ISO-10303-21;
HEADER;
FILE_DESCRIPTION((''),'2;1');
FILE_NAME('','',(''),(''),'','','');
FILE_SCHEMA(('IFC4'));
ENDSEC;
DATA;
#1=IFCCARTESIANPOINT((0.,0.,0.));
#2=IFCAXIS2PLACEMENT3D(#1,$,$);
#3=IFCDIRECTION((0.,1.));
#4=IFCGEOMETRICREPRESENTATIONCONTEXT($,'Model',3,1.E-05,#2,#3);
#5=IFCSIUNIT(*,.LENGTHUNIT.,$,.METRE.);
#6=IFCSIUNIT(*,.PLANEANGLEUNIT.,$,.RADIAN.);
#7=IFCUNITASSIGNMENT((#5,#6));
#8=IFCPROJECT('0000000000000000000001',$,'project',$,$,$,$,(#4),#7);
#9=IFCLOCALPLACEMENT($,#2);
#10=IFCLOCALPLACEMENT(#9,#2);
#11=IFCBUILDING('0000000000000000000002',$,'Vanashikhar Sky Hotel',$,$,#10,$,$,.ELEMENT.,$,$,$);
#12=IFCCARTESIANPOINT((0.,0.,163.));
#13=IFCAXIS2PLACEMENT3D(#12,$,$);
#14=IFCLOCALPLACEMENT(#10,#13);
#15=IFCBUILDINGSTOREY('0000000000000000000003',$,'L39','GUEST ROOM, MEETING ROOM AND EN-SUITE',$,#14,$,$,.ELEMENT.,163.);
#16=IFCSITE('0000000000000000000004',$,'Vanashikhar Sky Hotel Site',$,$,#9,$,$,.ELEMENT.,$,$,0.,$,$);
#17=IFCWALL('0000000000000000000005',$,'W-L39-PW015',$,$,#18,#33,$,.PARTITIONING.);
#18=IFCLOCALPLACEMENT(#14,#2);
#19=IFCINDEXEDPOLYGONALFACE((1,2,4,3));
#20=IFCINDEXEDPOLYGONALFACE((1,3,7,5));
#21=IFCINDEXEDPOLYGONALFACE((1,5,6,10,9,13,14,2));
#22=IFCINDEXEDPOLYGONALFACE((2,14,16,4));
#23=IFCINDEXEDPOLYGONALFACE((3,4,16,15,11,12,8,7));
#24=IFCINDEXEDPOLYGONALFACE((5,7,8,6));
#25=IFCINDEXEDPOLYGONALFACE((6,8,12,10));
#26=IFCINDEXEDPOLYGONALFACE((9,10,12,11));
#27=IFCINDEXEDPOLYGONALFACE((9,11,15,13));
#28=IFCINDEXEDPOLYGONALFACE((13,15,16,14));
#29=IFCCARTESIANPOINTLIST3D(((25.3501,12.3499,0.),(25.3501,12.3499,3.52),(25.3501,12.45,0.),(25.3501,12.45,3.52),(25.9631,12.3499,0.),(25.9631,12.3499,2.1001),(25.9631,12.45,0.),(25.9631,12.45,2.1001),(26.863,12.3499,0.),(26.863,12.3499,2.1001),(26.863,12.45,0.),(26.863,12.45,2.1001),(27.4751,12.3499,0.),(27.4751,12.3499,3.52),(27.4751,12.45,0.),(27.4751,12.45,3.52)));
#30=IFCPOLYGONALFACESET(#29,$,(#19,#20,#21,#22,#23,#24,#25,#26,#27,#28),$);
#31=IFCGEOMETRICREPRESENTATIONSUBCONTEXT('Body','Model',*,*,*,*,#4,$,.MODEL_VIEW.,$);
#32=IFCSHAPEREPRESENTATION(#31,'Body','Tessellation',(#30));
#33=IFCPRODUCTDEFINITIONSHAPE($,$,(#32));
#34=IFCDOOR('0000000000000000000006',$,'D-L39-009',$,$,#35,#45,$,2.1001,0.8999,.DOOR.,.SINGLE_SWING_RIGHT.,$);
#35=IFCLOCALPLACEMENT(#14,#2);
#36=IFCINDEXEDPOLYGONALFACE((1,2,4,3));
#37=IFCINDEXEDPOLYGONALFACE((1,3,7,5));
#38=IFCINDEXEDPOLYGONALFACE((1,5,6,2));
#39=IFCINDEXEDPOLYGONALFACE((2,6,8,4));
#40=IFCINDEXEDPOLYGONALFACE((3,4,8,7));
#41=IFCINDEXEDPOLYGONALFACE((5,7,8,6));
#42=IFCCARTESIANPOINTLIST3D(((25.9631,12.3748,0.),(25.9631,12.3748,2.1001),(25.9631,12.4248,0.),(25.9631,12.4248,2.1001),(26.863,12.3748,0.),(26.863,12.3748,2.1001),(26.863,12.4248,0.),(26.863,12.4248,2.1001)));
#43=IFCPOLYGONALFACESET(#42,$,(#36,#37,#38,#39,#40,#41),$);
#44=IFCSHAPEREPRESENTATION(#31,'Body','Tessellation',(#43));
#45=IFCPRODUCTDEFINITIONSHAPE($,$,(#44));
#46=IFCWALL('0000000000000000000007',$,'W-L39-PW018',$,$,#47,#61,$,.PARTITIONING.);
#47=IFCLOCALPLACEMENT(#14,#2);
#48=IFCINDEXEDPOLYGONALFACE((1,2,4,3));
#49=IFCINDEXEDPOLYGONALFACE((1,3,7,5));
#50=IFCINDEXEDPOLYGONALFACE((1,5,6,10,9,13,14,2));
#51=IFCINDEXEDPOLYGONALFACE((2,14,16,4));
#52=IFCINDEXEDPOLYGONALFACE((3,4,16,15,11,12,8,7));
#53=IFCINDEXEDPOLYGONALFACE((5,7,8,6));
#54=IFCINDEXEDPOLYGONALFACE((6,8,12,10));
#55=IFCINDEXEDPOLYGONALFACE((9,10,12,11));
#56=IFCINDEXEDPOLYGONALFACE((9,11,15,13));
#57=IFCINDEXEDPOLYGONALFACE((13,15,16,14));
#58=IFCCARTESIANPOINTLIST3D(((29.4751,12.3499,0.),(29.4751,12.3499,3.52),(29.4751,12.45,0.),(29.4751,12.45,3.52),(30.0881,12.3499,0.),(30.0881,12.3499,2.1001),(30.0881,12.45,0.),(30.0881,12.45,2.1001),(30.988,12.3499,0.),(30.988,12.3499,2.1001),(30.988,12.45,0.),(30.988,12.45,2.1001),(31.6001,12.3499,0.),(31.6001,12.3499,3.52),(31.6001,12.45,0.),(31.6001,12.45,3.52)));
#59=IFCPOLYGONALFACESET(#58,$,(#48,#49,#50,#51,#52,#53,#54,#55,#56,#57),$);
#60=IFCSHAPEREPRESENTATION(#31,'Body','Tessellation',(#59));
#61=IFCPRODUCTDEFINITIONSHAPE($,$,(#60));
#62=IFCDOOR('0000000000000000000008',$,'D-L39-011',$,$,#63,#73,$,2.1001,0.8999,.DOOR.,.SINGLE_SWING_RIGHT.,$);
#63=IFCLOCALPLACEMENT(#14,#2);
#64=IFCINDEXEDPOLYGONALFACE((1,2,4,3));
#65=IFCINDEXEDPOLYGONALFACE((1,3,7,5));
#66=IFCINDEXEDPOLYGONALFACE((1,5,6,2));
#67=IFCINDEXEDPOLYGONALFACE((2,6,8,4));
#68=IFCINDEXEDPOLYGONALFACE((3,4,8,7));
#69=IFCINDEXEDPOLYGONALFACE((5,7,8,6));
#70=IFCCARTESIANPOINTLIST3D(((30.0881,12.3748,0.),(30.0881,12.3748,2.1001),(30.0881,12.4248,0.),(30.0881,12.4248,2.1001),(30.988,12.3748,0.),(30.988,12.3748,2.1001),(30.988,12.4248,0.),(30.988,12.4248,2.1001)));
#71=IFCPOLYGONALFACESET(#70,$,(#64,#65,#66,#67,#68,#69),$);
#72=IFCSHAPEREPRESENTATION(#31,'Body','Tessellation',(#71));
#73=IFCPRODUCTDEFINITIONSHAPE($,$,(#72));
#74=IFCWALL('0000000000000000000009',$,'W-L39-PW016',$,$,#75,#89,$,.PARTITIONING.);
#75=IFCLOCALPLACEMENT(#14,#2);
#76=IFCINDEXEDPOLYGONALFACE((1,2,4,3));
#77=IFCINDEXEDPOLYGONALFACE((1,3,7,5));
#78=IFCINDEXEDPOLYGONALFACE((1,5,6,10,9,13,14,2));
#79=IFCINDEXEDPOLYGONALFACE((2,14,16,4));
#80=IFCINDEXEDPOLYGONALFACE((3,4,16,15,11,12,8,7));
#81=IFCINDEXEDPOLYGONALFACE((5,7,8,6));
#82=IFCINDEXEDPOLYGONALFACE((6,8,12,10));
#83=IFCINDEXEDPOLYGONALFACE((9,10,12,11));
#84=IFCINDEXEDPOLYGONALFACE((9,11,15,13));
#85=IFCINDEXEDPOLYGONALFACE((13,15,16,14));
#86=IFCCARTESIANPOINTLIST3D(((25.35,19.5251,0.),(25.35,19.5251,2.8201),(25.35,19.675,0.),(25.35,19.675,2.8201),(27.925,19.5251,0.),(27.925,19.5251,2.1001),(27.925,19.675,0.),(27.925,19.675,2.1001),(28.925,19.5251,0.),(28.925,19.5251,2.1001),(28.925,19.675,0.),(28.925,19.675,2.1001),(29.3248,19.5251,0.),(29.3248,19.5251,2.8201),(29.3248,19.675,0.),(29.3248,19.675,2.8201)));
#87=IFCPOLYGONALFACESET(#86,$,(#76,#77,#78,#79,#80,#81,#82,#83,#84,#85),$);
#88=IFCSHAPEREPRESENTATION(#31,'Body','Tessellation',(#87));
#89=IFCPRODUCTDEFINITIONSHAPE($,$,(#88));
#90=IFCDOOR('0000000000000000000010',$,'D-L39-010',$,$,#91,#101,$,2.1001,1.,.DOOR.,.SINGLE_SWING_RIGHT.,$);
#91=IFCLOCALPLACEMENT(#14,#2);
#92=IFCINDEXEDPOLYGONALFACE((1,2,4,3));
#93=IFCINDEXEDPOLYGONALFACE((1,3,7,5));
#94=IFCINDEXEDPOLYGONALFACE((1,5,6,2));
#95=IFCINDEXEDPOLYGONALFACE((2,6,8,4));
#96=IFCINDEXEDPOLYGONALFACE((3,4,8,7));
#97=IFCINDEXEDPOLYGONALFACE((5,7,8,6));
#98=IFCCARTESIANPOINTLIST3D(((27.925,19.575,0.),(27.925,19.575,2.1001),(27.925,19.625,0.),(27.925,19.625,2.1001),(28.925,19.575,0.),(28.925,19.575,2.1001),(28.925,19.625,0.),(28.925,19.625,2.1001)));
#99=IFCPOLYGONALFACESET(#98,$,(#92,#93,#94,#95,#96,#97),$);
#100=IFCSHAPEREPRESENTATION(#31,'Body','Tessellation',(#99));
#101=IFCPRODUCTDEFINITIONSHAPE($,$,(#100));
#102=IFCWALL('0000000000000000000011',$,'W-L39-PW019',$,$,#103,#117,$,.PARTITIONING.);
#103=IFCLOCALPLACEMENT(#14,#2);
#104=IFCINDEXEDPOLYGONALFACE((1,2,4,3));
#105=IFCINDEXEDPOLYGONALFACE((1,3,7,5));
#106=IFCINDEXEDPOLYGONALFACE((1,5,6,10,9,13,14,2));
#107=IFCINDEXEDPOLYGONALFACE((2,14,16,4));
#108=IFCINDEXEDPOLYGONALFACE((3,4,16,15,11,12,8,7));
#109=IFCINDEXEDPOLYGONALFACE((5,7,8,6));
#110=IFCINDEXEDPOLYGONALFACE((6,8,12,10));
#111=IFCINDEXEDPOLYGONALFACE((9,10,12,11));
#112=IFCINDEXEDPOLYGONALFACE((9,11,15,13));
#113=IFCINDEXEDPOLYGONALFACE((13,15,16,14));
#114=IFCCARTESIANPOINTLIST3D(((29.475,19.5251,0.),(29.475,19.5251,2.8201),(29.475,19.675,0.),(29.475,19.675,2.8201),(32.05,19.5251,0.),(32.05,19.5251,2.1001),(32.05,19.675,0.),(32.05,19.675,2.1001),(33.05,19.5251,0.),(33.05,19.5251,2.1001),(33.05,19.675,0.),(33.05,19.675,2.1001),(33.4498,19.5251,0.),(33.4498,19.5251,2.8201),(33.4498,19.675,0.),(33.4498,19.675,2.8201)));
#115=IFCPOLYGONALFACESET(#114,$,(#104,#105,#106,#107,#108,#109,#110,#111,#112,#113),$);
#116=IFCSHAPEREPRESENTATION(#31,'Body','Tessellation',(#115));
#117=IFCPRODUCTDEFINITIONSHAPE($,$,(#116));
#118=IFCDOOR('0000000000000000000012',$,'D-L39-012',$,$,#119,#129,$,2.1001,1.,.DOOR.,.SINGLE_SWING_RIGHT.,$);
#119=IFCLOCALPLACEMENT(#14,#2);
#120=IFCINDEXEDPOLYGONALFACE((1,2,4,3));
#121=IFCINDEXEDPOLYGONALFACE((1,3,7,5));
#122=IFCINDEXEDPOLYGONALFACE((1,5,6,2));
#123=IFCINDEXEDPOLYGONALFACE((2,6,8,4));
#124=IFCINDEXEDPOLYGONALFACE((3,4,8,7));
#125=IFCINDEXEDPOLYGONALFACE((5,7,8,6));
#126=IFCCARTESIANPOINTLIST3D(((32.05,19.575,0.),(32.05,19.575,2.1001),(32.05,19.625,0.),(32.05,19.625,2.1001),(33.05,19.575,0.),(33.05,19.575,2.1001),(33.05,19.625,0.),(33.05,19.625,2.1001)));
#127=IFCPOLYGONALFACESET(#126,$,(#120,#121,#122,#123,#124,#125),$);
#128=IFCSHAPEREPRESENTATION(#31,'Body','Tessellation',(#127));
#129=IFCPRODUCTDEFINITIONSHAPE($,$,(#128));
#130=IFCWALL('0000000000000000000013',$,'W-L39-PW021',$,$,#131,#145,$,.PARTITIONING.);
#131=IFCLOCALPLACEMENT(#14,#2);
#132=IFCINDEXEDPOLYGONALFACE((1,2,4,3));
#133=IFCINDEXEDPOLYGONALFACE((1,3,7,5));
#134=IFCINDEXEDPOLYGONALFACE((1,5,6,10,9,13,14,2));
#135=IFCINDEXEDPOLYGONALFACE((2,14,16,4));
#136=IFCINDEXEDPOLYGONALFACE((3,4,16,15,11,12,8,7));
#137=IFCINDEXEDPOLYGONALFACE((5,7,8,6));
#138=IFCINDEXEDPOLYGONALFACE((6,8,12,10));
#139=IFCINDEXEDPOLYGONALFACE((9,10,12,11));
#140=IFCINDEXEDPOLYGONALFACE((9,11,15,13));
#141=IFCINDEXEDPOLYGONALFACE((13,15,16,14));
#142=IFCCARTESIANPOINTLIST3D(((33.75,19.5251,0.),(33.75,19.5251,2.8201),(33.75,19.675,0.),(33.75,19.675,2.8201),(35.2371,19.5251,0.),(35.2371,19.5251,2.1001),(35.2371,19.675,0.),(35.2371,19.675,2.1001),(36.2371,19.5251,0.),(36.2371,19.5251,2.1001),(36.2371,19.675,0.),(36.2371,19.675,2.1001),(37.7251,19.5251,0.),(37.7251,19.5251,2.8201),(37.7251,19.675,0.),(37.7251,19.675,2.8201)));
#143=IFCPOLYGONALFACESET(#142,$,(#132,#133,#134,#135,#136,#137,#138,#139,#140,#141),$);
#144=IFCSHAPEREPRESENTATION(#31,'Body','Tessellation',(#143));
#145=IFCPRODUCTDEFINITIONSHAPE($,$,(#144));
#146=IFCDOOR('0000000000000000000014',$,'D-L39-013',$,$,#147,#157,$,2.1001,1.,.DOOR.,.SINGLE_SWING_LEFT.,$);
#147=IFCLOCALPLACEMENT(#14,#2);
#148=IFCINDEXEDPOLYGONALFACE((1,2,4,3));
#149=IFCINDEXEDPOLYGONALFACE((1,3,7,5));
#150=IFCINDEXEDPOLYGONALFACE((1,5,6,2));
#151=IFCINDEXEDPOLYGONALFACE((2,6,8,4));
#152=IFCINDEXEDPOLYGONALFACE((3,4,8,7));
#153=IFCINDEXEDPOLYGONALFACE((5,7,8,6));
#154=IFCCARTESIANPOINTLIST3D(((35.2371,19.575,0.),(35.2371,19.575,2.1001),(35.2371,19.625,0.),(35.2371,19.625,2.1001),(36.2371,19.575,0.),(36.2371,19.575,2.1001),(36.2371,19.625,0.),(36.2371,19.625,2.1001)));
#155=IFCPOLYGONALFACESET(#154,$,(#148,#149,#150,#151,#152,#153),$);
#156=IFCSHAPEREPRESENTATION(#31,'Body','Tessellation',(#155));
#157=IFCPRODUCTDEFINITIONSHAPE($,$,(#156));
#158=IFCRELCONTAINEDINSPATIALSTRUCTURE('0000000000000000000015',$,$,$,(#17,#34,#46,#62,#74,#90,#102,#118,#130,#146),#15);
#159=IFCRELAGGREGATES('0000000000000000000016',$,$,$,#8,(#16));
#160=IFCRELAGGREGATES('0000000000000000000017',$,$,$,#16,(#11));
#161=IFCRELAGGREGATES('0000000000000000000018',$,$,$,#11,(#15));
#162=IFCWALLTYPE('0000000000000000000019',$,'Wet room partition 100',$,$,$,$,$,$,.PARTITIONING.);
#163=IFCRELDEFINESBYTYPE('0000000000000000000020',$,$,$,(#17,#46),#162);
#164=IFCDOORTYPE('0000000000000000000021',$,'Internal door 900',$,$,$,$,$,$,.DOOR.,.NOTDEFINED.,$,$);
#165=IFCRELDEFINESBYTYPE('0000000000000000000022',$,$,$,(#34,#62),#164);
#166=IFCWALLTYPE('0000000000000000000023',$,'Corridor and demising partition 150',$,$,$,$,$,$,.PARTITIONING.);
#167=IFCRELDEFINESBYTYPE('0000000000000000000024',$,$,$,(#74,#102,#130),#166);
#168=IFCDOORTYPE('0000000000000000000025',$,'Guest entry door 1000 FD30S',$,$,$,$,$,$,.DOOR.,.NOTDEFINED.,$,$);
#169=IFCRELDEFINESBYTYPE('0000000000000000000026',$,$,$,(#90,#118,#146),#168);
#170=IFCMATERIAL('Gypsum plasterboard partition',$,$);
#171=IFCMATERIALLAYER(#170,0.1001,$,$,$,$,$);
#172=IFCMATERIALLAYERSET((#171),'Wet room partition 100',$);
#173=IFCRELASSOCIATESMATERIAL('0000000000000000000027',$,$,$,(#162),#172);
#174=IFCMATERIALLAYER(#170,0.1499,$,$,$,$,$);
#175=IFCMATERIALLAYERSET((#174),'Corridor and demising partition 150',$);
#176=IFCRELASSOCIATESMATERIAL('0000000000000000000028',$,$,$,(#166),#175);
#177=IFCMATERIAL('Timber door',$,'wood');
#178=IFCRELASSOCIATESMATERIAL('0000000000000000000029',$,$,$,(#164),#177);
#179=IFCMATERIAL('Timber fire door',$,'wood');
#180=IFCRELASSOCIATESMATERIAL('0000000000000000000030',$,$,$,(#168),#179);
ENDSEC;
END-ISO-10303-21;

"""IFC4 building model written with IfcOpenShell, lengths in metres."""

from ifc_helpers import new_model, si_unit, direction, frame, frame_2d, origin, place, context, subcontext, project, spatial, rectangle, extrude, source, transform, mapped, material, layer, layer_set, type_object, element, fill, save


model = new_model("IFC4")

# Units and contexts
model_context = context("Model", 3, precision=1e-05, world=origin(), true_north=direction((0.0, 1.0)))
body_context = subcontext(model_context, "Body", "Model", "MODEL_VIEW")
ifc_project = project(units=[si_unit("LENGTHUNIT", "METRE"), si_unit("PLANEANGLEUNIT", "RADIAN")], contexts=[model_context])

# Site, building, storey
site_placement = place(None, origin())
site = spatial("IfcSite", under=ifc_project, at=site_placement, Name="Vanashikhar Sky Hotel Site", CompositionType="ELEMENT", RefElevation=0.0)
building_placement = place(site_placement, origin())
building = spatial("IfcBuilding", under=site, at=building_placement, Name="Vanashikhar Sky Hotel", CompositionType="ELEMENT")
storey_placement = place(building_placement, frame((0.0, 0.0, 163.0)))
storey = spatial("IfcBuildingStorey", under=building, at=storey_placement, Name="L39", Description="GUEST ROOM, MEETING ROOM AND EN-SUITE", CompositionType="ELEMENT", Elevation=163.0)

# Shared definitions
ifc_material_1 = material(Name="Gypsum plasterboard partition")
ifc_layer_1 = layer(ifc_material_1, 0.1001)
ifc_layer_set_1 = layer_set([ifc_layer_1], Name="Wet room partition 100")
wall_type_1 = type_object("IfcWallType", Name="Wet room partition 100", PredefinedType="PARTITIONING", material=ifc_layer_set_1)
ifc_layer_2 = layer(ifc_material_1, 0.1499)
ifc_layer_set_2 = layer_set([ifc_layer_2], Name="Corridor and demising partition 150")
wall_type_2 = type_object("IfcWallType", Name="Corridor and demising partition 150", PredefinedType="PARTITIONING", material=ifc_layer_set_2)

# Walls, openings, doors
shared_shape_1 = source(origin(), body_context, "Body", "SweptSolid", [
    extrude(rectangle(XDim=2.125, YDim=0.1001, at=frame_2d((1.0625, 0.0))), origin(), (0.0, 0.0, 1.0), 3.52),
])
wall_1_placement = place(storey_placement, frame((25.3501, 12.3999, 0.0), z_axis=(0.0, 0.0, 1.0), x_axis=(1.0, 0.0, 0.0)))
wall_1 = element("IfcWall", 1, at=wall_1_placement, inside=storey, type_object=wall_type_1, Name="W-L39-PW015", PredefinedType="PARTITIONING", context=body_context, shape_type="MappedRepresentation", body=[
    mapped(shared_shape_1, transform((0.0, 0.0, 0.0), scale=1.0)),
])
shared_shape_2 = source(origin(), body_context, "Body", "SweptSolid", [
    extrude(rectangle(XDim=0.8999, YDim=2.1001, at=frame_2d((0.45, 1.05))), frame((0.0, 0.0601, 0.0), z_axis=(0.0, -1.0, 0.0), x_axis=(1.0, 0.0, 0.0)), (0.0, 0.0, 1.0), 0.1201),
])
opening_1_placement = place(wall_1_placement, frame((0.613, 0.0, 0.0)))
opening_1 = element("IfcOpeningElement", 2, at=opening_1_placement, cuts=wall_1, PredefinedType="OPENING", context=body_context, shape_type="MappedRepresentation", body=[
    mapped(shared_shape_2, transform((0.0, 0.0, 0.0), scale=1.0)),
])
ifc_material_2 = material(Name="Timber door", Category="wood")
door_type_1 = type_object("IfcDoorType", Name="Internal door 900", OperationType="NOTDEFINED", PredefinedType="DOOR", material=ifc_material_2)
shared_shape_3 = source(origin(), body_context, "Body", "SweptSolid", [
    extrude(rectangle(XDim=0.8999, YDim=2.1001, at=frame_2d((0.45, 1.05))), frame((0.0, 0.0249, 0.0), z_axis=(0.0, -1.0, 0.0), x_axis=(1.0, 0.0, 0.0)), (0.0, 0.0, 1.0), 0.05),
])
door_1_placement = place(opening_1_placement, origin())
door_1 = element("IfcDoor", 3, at=door_1_placement, inside=storey, type_object=door_type_1, Name="D-L39-009", OperationType="SINGLE_SWING_RIGHT", OverallHeight=2.1001, OverallWidth=0.8999, PredefinedType="DOOR", context=body_context, shape_type="MappedRepresentation", body=[
    mapped(shared_shape_3, transform((0.0, 0.0, 0.0), scale=1.0)),
])
fill(opening_1, door_1)
wall_2_placement = place(storey_placement, frame((29.4751, 12.3999, 0.0), z_axis=(0.0, 0.0, 1.0), x_axis=(1.0, 0.0, 0.0)))
wall_2 = element("IfcWall", 4, at=wall_2_placement, inside=storey, type_object=wall_type_1, Name="W-L39-PW018", PredefinedType="PARTITIONING", context=body_context, shape_type="MappedRepresentation", body=[
    mapped(shared_shape_1, transform((0.0, 0.0, 0.0), scale=1.0)),
])
opening_2_placement = place(wall_2_placement, frame((0.613, 0.0, 0.0)))
opening_2 = element("IfcOpeningElement", 5, at=opening_2_placement, cuts=wall_2, PredefinedType="OPENING", context=body_context, shape_type="MappedRepresentation", body=[
    mapped(shared_shape_2, transform((0.0, 0.0, 0.0), scale=1.0)),
])
door_2_placement = place(opening_2_placement, origin())
door_2 = element("IfcDoor", 6, at=door_2_placement, inside=storey, type_object=door_type_1, Name="D-L39-011", OperationType="SINGLE_SWING_RIGHT", OverallHeight=2.1001, OverallWidth=0.8999, PredefinedType="DOOR", context=body_context, shape_type="MappedRepresentation", body=[
    mapped(shared_shape_3, transform((0.0, 0.0, 0.0), scale=1.0)),
])
fill(opening_2, door_2)
shared_shape_4 = source(origin(), body_context, "Body", "SweptSolid", [
    extrude(rectangle(XDim=3.9749, YDim=0.1499, at=frame_2d((1.9873, 0.0))), origin(), (0.0, 0.0, 1.0), 2.8201),
])
wall_3_placement = place(storey_placement, frame((25.3501, 19.6001, 0.0), z_axis=(0.0, 0.0, 1.0), x_axis=(1.0, 0.0, 0.0)))
wall_3 = element("IfcWall", 7, at=wall_3_placement, inside=storey, type_object=wall_type_2, Name="W-L39-PW016", PredefinedType="PARTITIONING", context=body_context, shape_type="MappedRepresentation", body=[
    mapped(shared_shape_4, transform((0.0, 0.0, 0.0), scale=1.0)),
])
shared_shape_5 = source(origin(), body_context, "Body", "SweptSolid", [
    extrude(rectangle(XDim=1.0, YDim=2.1001, at=frame_2d((0.5, 1.05))), frame((0.0, 0.085, 0.0), z_axis=(0.0, -1.0, 0.0), x_axis=(1.0, 0.0, 0.0)), (0.0, 0.0, 1.0), 0.1699),
])
opening_3_placement = place(wall_3_placement, frame((2.575, 0.0, 0.0)))
opening_3 = element("IfcOpeningElement", 8, at=opening_3_placement, cuts=wall_3, PredefinedType="OPENING", context=body_context, shape_type="MappedRepresentation", body=[
    mapped(shared_shape_5, transform((0.0, 0.0, 0.0), scale=1.0)),
])
ifc_material_3 = material(Name="Timber fire door", Category="wood")
door_type_2 = type_object("IfcDoorType", Name="Guest entry door 1000 FD30S", OperationType="NOTDEFINED", PredefinedType="DOOR", material=ifc_material_3)
shared_shape_6 = source(origin(), body_context, "Body", "SweptSolid", [
    extrude(rectangle(XDim=1.0, YDim=2.1001, at=frame_2d((0.5, 1.05))), frame((0.0, 0.0249, 0.0), z_axis=(0.0, -1.0, 0.0), x_axis=(1.0, 0.0, 0.0)), (0.0, 0.0, 1.0), 0.05),
])
door_3_placement = place(opening_3_placement, origin())
door_3 = element("IfcDoor", 9, at=door_3_placement, inside=storey, type_object=door_type_2, Name="D-L39-010", OperationType="SINGLE_SWING_RIGHT", OverallHeight=2.1001, OverallWidth=1.0, PredefinedType="DOOR", context=body_context, shape_type="MappedRepresentation", body=[
    mapped(shared_shape_6, transform((0.0, 0.0, 0.0), scale=1.0)),
])
fill(opening_3, door_3)
wall_4_placement = place(storey_placement, frame((29.4751, 19.6001, 0.0), z_axis=(0.0, 0.0, 1.0), x_axis=(1.0, 0.0, 0.0)))
wall_4 = element("IfcWall", 10, at=wall_4_placement, inside=storey, type_object=wall_type_2, Name="W-L39-PW019", PredefinedType="PARTITIONING", context=body_context, shape_type="MappedRepresentation", body=[
    mapped(shared_shape_4, transform((0.0, 0.0, 0.0), scale=1.0)),
])
opening_4_placement = place(wall_4_placement, frame((2.575, 0.0, 0.0)))
opening_4 = element("IfcOpeningElement", 11, at=opening_4_placement, cuts=wall_4, PredefinedType="OPENING", context=body_context, shape_type="MappedRepresentation", body=[
    mapped(shared_shape_5, transform((0.0, 0.0, 0.0), scale=1.0)),
])
door_4_placement = place(opening_4_placement, origin())
door_4 = element("IfcDoor", 12, at=door_4_placement, inside=storey, type_object=door_type_2, Name="D-L39-012", OperationType="SINGLE_SWING_RIGHT", OverallHeight=2.1001, OverallWidth=1.0, PredefinedType="DOOR", context=body_context, shape_type="MappedRepresentation", body=[
    mapped(shared_shape_6, transform((0.0, 0.0, 0.0), scale=1.0)),
])
fill(opening_4, door_4)
shared_shape_7 = source(origin(), body_context, "Body", "SweptSolid", [
    extrude(rectangle(XDim=3.9751, YDim=0.1499, at=frame_2d((1.9875, 0.0))), origin(), (0.0, 0.0, 1.0), 2.8201),
])
wall_5_placement = place(storey_placement, frame((33.75, 19.6001, 0.0), z_axis=(0.0, 0.0, 1.0), x_axis=(1.0, 0.0, 0.0)))
wall_5 = element("IfcWall", 13, at=wall_5_placement, inside=storey, type_object=wall_type_2, Name="W-L39-PW021", PredefinedType="PARTITIONING", context=body_context, shape_type="MappedRepresentation", body=[
    mapped(shared_shape_7, transform((0.0, 0.0, 0.0), scale=1.0)),
])
opening_5_placement = place(wall_5_placement, frame((1.4871, 0.0, 0.0)))
opening_5 = element("IfcOpeningElement", 14, at=opening_5_placement, cuts=wall_5, PredefinedType="OPENING", context=body_context, shape_type="MappedRepresentation", body=[
    mapped(shared_shape_5, transform((0.0, 0.0, 0.0), scale=1.0)),
])
door_5_placement = place(opening_5_placement, origin())
door_5 = element("IfcDoor", 15, at=door_5_placement, inside=storey, type_object=door_type_2, Name="D-L39-013", OperationType="SINGLE_SWING_LEFT", OverallHeight=2.1001, OverallWidth=1.0, PredefinedType="DOOR", context=body_context, shape_type="MappedRepresentation", body=[
    mapped(shared_shape_6, transform((0.0, 0.0, 0.0), scale=1.0)),
])
fill(opening_5, door_5)

save(model, "model.ifc")
